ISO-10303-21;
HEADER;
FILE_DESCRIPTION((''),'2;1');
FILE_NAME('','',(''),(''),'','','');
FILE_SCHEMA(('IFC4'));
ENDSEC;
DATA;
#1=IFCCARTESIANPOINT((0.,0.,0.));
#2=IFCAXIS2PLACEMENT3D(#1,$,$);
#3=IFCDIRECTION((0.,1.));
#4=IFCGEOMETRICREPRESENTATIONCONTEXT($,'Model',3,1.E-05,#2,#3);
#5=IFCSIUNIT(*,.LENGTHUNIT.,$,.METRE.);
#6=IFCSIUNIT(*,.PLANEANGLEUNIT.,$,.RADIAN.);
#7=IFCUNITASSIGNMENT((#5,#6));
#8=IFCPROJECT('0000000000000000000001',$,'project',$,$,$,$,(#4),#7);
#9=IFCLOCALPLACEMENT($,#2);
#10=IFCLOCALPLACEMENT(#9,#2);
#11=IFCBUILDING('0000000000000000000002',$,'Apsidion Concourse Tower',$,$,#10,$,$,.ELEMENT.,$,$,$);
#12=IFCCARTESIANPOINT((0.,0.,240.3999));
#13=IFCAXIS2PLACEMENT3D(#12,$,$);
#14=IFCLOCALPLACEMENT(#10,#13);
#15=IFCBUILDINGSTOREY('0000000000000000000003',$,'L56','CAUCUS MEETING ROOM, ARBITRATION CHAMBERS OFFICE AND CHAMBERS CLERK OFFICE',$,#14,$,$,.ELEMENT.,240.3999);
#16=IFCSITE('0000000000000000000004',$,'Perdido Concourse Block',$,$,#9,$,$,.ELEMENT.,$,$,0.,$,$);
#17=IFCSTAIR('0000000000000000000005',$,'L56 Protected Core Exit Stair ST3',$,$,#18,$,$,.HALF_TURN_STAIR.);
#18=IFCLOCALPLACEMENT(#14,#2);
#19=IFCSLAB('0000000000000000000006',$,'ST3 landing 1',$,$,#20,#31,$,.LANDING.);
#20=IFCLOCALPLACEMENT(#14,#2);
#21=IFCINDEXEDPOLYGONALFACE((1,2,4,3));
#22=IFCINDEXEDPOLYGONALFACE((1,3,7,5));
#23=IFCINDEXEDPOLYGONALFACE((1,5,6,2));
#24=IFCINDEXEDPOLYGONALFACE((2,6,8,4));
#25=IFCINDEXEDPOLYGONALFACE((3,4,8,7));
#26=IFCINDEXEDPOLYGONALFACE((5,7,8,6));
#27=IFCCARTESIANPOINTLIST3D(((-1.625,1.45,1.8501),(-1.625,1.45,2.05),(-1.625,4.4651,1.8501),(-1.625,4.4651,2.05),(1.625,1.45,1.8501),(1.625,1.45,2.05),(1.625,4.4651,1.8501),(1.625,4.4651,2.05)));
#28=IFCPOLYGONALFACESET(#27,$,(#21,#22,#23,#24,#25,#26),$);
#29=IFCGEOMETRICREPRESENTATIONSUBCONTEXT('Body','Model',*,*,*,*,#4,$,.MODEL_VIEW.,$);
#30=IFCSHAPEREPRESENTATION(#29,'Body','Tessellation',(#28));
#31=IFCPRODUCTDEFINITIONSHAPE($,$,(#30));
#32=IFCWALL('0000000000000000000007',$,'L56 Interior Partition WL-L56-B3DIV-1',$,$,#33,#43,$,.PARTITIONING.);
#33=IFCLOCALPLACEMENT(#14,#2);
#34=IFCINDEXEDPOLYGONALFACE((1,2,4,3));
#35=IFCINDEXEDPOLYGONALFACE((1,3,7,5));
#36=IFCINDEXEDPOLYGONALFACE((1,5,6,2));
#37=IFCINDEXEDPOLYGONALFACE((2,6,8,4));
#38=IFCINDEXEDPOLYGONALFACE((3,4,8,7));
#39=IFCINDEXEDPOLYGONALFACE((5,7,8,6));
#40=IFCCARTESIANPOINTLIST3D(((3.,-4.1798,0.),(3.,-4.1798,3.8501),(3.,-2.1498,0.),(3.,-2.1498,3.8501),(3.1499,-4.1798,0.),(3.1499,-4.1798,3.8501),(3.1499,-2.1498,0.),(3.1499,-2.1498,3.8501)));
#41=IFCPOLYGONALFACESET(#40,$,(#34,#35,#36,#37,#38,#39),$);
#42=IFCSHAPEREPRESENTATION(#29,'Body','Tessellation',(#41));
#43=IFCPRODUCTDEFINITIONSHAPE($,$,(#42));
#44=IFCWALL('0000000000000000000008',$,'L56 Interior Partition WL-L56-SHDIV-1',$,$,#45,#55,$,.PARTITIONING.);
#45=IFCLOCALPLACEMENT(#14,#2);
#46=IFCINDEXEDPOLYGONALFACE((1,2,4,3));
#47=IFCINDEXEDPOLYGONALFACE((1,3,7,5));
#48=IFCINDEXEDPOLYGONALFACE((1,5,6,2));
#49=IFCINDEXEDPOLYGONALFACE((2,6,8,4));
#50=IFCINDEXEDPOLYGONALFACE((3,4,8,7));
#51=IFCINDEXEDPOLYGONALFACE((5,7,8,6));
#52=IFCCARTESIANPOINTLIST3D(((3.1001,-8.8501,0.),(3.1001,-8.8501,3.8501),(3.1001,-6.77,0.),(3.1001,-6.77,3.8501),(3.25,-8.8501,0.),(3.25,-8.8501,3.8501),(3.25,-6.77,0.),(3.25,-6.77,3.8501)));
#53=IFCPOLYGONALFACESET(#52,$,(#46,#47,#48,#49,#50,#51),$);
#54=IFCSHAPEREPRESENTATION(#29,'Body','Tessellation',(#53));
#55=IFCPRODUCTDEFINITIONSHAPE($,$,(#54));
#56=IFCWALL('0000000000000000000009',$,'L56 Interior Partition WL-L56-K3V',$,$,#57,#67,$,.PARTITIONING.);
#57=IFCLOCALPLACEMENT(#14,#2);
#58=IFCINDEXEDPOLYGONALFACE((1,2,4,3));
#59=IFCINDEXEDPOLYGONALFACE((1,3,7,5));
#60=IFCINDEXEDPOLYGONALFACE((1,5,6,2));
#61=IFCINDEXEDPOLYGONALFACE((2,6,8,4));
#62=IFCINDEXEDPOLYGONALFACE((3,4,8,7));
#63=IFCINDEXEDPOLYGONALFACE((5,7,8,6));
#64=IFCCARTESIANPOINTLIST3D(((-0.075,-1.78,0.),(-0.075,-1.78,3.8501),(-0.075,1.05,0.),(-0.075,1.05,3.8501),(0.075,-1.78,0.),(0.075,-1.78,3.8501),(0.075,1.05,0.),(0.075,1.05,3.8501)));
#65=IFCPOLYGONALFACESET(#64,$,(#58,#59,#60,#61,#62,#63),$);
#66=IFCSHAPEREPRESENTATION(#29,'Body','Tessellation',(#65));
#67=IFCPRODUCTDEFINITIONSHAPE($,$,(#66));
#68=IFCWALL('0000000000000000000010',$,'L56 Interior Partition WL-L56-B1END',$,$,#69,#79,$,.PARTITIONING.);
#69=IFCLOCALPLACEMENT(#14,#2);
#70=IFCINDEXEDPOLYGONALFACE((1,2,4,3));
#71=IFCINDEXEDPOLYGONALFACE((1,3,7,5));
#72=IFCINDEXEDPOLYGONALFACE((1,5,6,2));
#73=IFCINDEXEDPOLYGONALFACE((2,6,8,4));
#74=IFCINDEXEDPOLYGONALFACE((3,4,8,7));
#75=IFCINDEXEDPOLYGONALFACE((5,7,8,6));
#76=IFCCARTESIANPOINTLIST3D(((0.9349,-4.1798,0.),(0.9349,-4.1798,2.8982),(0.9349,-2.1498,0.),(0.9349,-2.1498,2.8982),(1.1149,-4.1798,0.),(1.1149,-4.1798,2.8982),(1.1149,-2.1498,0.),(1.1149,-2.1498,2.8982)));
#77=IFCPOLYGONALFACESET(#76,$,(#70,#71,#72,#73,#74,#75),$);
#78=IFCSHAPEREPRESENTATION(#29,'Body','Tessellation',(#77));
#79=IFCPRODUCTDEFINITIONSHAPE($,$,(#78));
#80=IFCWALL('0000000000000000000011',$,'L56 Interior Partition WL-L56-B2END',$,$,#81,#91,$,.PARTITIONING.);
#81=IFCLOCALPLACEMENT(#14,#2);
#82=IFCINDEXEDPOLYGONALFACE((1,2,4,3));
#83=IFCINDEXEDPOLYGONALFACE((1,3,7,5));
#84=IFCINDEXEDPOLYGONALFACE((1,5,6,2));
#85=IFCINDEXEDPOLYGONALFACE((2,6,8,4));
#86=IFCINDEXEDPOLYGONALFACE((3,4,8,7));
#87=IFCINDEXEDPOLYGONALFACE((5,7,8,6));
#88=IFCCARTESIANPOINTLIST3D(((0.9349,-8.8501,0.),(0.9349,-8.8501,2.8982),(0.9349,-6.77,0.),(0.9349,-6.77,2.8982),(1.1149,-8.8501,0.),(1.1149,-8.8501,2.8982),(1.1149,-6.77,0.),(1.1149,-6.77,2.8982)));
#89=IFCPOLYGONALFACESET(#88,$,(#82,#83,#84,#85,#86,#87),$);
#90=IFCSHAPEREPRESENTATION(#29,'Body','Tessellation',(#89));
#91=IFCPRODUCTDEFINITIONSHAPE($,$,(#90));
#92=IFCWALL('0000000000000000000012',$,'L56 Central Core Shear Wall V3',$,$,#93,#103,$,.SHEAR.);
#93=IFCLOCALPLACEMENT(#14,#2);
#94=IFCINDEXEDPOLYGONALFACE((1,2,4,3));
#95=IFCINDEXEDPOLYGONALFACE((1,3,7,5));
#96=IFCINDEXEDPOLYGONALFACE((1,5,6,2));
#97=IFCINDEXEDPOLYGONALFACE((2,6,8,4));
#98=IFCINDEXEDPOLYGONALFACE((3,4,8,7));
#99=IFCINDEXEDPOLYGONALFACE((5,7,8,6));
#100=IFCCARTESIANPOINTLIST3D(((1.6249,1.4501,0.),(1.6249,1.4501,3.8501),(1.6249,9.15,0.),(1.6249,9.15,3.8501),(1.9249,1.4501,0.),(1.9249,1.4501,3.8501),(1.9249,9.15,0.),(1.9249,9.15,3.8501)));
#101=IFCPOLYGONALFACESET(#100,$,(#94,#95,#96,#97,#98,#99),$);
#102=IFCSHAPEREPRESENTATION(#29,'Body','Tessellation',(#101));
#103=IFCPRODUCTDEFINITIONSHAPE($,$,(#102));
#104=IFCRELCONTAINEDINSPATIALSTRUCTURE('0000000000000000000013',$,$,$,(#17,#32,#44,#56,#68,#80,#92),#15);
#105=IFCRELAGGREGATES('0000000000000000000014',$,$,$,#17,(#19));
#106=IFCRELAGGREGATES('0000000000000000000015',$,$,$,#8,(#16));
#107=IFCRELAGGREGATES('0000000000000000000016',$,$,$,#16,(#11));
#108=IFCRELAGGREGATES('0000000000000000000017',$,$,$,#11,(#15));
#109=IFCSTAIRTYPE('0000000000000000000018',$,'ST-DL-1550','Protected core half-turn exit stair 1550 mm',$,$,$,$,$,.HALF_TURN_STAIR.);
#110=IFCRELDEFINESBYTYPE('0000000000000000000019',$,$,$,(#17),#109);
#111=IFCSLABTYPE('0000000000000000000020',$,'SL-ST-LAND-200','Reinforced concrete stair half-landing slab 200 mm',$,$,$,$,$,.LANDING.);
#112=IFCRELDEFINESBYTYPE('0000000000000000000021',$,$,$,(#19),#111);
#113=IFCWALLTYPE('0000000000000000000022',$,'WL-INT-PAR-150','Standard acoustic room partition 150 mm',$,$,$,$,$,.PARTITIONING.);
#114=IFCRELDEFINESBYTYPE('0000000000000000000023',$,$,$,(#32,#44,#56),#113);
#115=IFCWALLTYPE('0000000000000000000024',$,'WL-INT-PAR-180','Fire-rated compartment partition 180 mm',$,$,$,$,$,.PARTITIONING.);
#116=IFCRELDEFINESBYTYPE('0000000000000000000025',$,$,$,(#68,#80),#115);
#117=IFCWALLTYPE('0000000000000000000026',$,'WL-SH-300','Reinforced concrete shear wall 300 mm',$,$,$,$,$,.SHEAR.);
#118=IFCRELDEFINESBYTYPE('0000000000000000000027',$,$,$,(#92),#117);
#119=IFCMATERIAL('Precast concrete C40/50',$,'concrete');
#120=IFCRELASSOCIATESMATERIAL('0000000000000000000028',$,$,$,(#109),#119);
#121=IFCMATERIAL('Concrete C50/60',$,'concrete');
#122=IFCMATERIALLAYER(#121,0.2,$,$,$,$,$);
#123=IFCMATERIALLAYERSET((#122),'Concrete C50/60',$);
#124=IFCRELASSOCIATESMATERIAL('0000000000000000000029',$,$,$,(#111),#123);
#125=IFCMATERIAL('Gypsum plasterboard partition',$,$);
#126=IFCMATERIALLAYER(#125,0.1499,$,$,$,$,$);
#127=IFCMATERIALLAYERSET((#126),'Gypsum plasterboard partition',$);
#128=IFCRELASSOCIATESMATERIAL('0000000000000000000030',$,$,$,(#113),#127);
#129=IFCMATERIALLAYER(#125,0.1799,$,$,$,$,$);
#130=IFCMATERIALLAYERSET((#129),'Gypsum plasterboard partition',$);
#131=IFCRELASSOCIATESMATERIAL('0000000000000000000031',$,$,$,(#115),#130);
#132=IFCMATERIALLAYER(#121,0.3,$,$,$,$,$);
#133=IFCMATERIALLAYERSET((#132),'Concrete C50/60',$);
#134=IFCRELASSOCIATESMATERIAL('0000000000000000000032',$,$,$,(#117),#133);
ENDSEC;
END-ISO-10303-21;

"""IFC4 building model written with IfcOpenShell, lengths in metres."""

from ifc_helpers import new_model, si_unit, direction, frame, frame_2d, origin, place, context, subcontext, project, spatial, polyline, rectangle, outline, extrude, material, layer, layer_set, type_object, element, aggregate, save


model = new_model("IFC4")

# Units and contexts
model_context = context("Model", 3, precision=1e-05, world=origin(), true_north=direction((0.0, 1.0)))
body_context = subcontext(model_context, "Body", "Model", "MODEL_VIEW")
ifc_project = project(units=[si_unit("LENGTHUNIT", "METRE"), si_unit("PLANEANGLEUNIT", "RADIAN")], contexts=[model_context])

# Site, building, storey
site_placement = place(None, origin())
site = spatial("IfcSite", under=ifc_project, at=site_placement, Name="Perdido Concourse Block", CompositionType="ELEMENT", RefElevation=0.0)
building_placement = place(site_placement, origin())
building = spatial("IfcBuilding", under=site, at=building_placement, Name="Apsidion Concourse Tower", CompositionType="ELEMENT")
storey_placement = place(building_placement, frame((0.0, 0.0, 240.3999)))
storey = spatial("IfcBuildingStorey", under=building, at=storey_placement, Name="L56", Description="CAUCUS MEETING ROOM, ARBITRATION CHAMBERS OFFICE AND CHAMBERS CLERK OFFICE", CompositionType="ELEMENT", Elevation=240.3999)

# Shared definitions
ifc_material_1 = material(Name="Concrete C50/60", Category="concrete")

# Stair, slab
ifc_material_2 = material(Name="Precast concrete C40/50", Category="concrete")
stair_type = type_object("IfcStairType", Name="ST-DL-1550", Description="Protected core half-turn exit stair 1550 mm", PredefinedType="HALF_TURN_STAIR", material=ifc_material_2)
ifc_layer_1 = layer(ifc_material_1, 0.2)
ifc_layer_set_1 = layer_set([ifc_layer_1], Name="Concrete C50/60")
slab_type_1 = type_object("IfcSlabType", Name="SL-ST-LAND-200", Description="Reinforced concrete stair half-landing slab 200 mm", PredefinedType="LANDING", material=ifc_layer_set_1)
stair_1_placement = place(storey_placement, origin())
stair_1 = element("IfcStair", 1, at=stair_1_placement, inside=storey, type_object=stair_type, Name="L56 Protected Core Exit Stair ST3", PredefinedType="HALF_TURN_STAIR")
slab_1_placement = place(storey_placement, frame((0.0, 0.0, 1.8501)))
slab_1 = element("IfcSlab", 2, at=slab_1_placement, type_object=slab_type_1, Name="ST3 landing 1", PredefinedType="LANDING", context=body_context, shape_type="SweptSolid", body=[
    extrude(outline(polyline([(-1.625, 4.4651), (-1.625, 1.45), (1.625, 1.45), (1.625, 4.4651), (-1.625, 4.4651)])), origin(), (0.0, 0.0, 1.0), 0.2),
])
aggregate(stair_1, [slab_1])

# Walls
ifc_material_3 = material(Name="Gypsum plasterboard partition")
ifc_layer_2 = layer(ifc_material_3, 0.1499)
ifc_layer_set_2 = layer_set([ifc_layer_2], Name="Gypsum plasterboard partition")
wall_type_1 = type_object("IfcWallType", Name="WL-INT-PAR-150", Description="Standard acoustic room partition 150 mm", PredefinedType="PARTITIONING", material=ifc_layer_set_2)
wall_1_placement = place(storey_placement, frame((3.075, -4.1799, 0.0), z_axis=(0.0, 0.0, 1.0), x_axis=(0.0, 1.0, 0.0)))
element("IfcWall", 3, at=wall_1_placement, inside=storey, type_object=wall_type_1, Name="L56 Interior Partition WL-L56-B3DIV-1", PredefinedType="PARTITIONING", context=body_context, shape_type="SweptSolid", body=[
    extrude(rectangle(XDim=2.03, YDim=0.1499, at=frame_2d((1.0151, 0.0))), origin(), (0.0, 0.0, 1.0), 3.8501),
])
wall_2_placement = place(storey_placement, frame((3.175, -8.8501, 0.0), z_axis=(0.0, 0.0, 1.0), x_axis=(0.0, 1.0, 0.0)))
element("IfcWall", 4, at=wall_2_placement, inside=storey, type_object=wall_type_1, Name="L56 Interior Partition WL-L56-SHDIV-1", PredefinedType="PARTITIONING", context=body_context, shape_type="SweptSolid", body=[
    extrude(rectangle(XDim=2.0801, YDim=0.1499, at=frame_2d((1.04, 0.0))), origin(), (0.0, 0.0, 1.0), 3.8501),
])
wall_3_placement = place(storey_placement, frame((0.0, -1.78, 0.0), z_axis=(0.0, 0.0, 1.0), x_axis=(0.0, 1.0, 0.0)))
element("IfcWall", 5, at=wall_3_placement, inside=storey, type_object=wall_type_1, Name="L56 Interior Partition WL-L56-K3V", PredefinedType="PARTITIONING", context=body_context, shape_type="SweptSolid", body=[
    extrude(rectangle(XDim=2.8301, YDim=0.1499, at=frame_2d((1.415, 0.0))), origin(), (0.0, 0.0, 1.0), 3.8501),
])
ifc_layer_3 = layer(ifc_material_3, 0.1799)
ifc_layer_set_3 = layer_set([ifc_layer_3], Name="Gypsum plasterboard partition")
wall_type_2 = type_object("IfcWallType", Name="WL-INT-PAR-180", Description="Fire-rated compartment partition 180 mm", PredefinedType="PARTITIONING", material=ifc_layer_set_3)
wall_4_placement = place(storey_placement, frame((1.0249, -4.1799, 0.0), z_axis=(0.0, 0.0, 1.0), x_axis=(0.0, 1.0, 0.0)))
element("IfcWall", 6, at=wall_4_placement, inside=storey, type_object=wall_type_2, Name="L56 Interior Partition WL-L56-B1END", PredefinedType="PARTITIONING", context=body_context, shape_type="SweptSolid", body=[
    extrude(rectangle(XDim=2.03, YDim=0.1799, at=frame_2d((1.0151, 0.0))), origin(), (0.0, 0.0, 1.0), 2.8982),
])
wall_5_placement = place(storey_placement, frame((1.0249, -8.8501, 0.0), z_axis=(0.0, 0.0, 1.0), x_axis=(0.0, 1.0, 0.0)))
element("IfcWall", 7, at=wall_5_placement, inside=storey, type_object=wall_type_2, Name="L56 Interior Partition WL-L56-B2END", PredefinedType="PARTITIONING", context=body_context, shape_type="SweptSolid", body=[
    extrude(rectangle(XDim=2.0801, YDim=0.1799, at=frame_2d((1.04, 0.0))), origin(), (0.0, 0.0, 1.0), 2.8982),
])

# Wall
ifc_layer_4 = layer(ifc_material_1, 0.3)
ifc_layer_set_4 = layer_set([ifc_layer_4], Name="Concrete C50/60")
wall_type_3 = type_object("IfcWallType", Name="WL-SH-300", Description="Reinforced concrete shear wall 300 mm", PredefinedType="SHEAR", material=ifc_layer_set_4)
wall_6_placement = place(storey_placement, frame((1.7749, 1.45, 0.0), z_axis=(0.0, 0.0, 1.0), x_axis=(0.0, 1.0, 0.0)))
element("IfcWall", 8, at=wall_6_placement, inside=storey, type_object=wall_type_3, Name="L56 Central Core Shear Wall V3", PredefinedType="SHEAR", context=body_context, shape_type="SweptSolid", body=[
    extrude(rectangle(XDim=7.7, YDim=0.3, at=frame_2d((3.8501, 0.0))), origin(), (0.0, 0.0, 1.0), 3.8501),
])

save(model, "model.ifc")
